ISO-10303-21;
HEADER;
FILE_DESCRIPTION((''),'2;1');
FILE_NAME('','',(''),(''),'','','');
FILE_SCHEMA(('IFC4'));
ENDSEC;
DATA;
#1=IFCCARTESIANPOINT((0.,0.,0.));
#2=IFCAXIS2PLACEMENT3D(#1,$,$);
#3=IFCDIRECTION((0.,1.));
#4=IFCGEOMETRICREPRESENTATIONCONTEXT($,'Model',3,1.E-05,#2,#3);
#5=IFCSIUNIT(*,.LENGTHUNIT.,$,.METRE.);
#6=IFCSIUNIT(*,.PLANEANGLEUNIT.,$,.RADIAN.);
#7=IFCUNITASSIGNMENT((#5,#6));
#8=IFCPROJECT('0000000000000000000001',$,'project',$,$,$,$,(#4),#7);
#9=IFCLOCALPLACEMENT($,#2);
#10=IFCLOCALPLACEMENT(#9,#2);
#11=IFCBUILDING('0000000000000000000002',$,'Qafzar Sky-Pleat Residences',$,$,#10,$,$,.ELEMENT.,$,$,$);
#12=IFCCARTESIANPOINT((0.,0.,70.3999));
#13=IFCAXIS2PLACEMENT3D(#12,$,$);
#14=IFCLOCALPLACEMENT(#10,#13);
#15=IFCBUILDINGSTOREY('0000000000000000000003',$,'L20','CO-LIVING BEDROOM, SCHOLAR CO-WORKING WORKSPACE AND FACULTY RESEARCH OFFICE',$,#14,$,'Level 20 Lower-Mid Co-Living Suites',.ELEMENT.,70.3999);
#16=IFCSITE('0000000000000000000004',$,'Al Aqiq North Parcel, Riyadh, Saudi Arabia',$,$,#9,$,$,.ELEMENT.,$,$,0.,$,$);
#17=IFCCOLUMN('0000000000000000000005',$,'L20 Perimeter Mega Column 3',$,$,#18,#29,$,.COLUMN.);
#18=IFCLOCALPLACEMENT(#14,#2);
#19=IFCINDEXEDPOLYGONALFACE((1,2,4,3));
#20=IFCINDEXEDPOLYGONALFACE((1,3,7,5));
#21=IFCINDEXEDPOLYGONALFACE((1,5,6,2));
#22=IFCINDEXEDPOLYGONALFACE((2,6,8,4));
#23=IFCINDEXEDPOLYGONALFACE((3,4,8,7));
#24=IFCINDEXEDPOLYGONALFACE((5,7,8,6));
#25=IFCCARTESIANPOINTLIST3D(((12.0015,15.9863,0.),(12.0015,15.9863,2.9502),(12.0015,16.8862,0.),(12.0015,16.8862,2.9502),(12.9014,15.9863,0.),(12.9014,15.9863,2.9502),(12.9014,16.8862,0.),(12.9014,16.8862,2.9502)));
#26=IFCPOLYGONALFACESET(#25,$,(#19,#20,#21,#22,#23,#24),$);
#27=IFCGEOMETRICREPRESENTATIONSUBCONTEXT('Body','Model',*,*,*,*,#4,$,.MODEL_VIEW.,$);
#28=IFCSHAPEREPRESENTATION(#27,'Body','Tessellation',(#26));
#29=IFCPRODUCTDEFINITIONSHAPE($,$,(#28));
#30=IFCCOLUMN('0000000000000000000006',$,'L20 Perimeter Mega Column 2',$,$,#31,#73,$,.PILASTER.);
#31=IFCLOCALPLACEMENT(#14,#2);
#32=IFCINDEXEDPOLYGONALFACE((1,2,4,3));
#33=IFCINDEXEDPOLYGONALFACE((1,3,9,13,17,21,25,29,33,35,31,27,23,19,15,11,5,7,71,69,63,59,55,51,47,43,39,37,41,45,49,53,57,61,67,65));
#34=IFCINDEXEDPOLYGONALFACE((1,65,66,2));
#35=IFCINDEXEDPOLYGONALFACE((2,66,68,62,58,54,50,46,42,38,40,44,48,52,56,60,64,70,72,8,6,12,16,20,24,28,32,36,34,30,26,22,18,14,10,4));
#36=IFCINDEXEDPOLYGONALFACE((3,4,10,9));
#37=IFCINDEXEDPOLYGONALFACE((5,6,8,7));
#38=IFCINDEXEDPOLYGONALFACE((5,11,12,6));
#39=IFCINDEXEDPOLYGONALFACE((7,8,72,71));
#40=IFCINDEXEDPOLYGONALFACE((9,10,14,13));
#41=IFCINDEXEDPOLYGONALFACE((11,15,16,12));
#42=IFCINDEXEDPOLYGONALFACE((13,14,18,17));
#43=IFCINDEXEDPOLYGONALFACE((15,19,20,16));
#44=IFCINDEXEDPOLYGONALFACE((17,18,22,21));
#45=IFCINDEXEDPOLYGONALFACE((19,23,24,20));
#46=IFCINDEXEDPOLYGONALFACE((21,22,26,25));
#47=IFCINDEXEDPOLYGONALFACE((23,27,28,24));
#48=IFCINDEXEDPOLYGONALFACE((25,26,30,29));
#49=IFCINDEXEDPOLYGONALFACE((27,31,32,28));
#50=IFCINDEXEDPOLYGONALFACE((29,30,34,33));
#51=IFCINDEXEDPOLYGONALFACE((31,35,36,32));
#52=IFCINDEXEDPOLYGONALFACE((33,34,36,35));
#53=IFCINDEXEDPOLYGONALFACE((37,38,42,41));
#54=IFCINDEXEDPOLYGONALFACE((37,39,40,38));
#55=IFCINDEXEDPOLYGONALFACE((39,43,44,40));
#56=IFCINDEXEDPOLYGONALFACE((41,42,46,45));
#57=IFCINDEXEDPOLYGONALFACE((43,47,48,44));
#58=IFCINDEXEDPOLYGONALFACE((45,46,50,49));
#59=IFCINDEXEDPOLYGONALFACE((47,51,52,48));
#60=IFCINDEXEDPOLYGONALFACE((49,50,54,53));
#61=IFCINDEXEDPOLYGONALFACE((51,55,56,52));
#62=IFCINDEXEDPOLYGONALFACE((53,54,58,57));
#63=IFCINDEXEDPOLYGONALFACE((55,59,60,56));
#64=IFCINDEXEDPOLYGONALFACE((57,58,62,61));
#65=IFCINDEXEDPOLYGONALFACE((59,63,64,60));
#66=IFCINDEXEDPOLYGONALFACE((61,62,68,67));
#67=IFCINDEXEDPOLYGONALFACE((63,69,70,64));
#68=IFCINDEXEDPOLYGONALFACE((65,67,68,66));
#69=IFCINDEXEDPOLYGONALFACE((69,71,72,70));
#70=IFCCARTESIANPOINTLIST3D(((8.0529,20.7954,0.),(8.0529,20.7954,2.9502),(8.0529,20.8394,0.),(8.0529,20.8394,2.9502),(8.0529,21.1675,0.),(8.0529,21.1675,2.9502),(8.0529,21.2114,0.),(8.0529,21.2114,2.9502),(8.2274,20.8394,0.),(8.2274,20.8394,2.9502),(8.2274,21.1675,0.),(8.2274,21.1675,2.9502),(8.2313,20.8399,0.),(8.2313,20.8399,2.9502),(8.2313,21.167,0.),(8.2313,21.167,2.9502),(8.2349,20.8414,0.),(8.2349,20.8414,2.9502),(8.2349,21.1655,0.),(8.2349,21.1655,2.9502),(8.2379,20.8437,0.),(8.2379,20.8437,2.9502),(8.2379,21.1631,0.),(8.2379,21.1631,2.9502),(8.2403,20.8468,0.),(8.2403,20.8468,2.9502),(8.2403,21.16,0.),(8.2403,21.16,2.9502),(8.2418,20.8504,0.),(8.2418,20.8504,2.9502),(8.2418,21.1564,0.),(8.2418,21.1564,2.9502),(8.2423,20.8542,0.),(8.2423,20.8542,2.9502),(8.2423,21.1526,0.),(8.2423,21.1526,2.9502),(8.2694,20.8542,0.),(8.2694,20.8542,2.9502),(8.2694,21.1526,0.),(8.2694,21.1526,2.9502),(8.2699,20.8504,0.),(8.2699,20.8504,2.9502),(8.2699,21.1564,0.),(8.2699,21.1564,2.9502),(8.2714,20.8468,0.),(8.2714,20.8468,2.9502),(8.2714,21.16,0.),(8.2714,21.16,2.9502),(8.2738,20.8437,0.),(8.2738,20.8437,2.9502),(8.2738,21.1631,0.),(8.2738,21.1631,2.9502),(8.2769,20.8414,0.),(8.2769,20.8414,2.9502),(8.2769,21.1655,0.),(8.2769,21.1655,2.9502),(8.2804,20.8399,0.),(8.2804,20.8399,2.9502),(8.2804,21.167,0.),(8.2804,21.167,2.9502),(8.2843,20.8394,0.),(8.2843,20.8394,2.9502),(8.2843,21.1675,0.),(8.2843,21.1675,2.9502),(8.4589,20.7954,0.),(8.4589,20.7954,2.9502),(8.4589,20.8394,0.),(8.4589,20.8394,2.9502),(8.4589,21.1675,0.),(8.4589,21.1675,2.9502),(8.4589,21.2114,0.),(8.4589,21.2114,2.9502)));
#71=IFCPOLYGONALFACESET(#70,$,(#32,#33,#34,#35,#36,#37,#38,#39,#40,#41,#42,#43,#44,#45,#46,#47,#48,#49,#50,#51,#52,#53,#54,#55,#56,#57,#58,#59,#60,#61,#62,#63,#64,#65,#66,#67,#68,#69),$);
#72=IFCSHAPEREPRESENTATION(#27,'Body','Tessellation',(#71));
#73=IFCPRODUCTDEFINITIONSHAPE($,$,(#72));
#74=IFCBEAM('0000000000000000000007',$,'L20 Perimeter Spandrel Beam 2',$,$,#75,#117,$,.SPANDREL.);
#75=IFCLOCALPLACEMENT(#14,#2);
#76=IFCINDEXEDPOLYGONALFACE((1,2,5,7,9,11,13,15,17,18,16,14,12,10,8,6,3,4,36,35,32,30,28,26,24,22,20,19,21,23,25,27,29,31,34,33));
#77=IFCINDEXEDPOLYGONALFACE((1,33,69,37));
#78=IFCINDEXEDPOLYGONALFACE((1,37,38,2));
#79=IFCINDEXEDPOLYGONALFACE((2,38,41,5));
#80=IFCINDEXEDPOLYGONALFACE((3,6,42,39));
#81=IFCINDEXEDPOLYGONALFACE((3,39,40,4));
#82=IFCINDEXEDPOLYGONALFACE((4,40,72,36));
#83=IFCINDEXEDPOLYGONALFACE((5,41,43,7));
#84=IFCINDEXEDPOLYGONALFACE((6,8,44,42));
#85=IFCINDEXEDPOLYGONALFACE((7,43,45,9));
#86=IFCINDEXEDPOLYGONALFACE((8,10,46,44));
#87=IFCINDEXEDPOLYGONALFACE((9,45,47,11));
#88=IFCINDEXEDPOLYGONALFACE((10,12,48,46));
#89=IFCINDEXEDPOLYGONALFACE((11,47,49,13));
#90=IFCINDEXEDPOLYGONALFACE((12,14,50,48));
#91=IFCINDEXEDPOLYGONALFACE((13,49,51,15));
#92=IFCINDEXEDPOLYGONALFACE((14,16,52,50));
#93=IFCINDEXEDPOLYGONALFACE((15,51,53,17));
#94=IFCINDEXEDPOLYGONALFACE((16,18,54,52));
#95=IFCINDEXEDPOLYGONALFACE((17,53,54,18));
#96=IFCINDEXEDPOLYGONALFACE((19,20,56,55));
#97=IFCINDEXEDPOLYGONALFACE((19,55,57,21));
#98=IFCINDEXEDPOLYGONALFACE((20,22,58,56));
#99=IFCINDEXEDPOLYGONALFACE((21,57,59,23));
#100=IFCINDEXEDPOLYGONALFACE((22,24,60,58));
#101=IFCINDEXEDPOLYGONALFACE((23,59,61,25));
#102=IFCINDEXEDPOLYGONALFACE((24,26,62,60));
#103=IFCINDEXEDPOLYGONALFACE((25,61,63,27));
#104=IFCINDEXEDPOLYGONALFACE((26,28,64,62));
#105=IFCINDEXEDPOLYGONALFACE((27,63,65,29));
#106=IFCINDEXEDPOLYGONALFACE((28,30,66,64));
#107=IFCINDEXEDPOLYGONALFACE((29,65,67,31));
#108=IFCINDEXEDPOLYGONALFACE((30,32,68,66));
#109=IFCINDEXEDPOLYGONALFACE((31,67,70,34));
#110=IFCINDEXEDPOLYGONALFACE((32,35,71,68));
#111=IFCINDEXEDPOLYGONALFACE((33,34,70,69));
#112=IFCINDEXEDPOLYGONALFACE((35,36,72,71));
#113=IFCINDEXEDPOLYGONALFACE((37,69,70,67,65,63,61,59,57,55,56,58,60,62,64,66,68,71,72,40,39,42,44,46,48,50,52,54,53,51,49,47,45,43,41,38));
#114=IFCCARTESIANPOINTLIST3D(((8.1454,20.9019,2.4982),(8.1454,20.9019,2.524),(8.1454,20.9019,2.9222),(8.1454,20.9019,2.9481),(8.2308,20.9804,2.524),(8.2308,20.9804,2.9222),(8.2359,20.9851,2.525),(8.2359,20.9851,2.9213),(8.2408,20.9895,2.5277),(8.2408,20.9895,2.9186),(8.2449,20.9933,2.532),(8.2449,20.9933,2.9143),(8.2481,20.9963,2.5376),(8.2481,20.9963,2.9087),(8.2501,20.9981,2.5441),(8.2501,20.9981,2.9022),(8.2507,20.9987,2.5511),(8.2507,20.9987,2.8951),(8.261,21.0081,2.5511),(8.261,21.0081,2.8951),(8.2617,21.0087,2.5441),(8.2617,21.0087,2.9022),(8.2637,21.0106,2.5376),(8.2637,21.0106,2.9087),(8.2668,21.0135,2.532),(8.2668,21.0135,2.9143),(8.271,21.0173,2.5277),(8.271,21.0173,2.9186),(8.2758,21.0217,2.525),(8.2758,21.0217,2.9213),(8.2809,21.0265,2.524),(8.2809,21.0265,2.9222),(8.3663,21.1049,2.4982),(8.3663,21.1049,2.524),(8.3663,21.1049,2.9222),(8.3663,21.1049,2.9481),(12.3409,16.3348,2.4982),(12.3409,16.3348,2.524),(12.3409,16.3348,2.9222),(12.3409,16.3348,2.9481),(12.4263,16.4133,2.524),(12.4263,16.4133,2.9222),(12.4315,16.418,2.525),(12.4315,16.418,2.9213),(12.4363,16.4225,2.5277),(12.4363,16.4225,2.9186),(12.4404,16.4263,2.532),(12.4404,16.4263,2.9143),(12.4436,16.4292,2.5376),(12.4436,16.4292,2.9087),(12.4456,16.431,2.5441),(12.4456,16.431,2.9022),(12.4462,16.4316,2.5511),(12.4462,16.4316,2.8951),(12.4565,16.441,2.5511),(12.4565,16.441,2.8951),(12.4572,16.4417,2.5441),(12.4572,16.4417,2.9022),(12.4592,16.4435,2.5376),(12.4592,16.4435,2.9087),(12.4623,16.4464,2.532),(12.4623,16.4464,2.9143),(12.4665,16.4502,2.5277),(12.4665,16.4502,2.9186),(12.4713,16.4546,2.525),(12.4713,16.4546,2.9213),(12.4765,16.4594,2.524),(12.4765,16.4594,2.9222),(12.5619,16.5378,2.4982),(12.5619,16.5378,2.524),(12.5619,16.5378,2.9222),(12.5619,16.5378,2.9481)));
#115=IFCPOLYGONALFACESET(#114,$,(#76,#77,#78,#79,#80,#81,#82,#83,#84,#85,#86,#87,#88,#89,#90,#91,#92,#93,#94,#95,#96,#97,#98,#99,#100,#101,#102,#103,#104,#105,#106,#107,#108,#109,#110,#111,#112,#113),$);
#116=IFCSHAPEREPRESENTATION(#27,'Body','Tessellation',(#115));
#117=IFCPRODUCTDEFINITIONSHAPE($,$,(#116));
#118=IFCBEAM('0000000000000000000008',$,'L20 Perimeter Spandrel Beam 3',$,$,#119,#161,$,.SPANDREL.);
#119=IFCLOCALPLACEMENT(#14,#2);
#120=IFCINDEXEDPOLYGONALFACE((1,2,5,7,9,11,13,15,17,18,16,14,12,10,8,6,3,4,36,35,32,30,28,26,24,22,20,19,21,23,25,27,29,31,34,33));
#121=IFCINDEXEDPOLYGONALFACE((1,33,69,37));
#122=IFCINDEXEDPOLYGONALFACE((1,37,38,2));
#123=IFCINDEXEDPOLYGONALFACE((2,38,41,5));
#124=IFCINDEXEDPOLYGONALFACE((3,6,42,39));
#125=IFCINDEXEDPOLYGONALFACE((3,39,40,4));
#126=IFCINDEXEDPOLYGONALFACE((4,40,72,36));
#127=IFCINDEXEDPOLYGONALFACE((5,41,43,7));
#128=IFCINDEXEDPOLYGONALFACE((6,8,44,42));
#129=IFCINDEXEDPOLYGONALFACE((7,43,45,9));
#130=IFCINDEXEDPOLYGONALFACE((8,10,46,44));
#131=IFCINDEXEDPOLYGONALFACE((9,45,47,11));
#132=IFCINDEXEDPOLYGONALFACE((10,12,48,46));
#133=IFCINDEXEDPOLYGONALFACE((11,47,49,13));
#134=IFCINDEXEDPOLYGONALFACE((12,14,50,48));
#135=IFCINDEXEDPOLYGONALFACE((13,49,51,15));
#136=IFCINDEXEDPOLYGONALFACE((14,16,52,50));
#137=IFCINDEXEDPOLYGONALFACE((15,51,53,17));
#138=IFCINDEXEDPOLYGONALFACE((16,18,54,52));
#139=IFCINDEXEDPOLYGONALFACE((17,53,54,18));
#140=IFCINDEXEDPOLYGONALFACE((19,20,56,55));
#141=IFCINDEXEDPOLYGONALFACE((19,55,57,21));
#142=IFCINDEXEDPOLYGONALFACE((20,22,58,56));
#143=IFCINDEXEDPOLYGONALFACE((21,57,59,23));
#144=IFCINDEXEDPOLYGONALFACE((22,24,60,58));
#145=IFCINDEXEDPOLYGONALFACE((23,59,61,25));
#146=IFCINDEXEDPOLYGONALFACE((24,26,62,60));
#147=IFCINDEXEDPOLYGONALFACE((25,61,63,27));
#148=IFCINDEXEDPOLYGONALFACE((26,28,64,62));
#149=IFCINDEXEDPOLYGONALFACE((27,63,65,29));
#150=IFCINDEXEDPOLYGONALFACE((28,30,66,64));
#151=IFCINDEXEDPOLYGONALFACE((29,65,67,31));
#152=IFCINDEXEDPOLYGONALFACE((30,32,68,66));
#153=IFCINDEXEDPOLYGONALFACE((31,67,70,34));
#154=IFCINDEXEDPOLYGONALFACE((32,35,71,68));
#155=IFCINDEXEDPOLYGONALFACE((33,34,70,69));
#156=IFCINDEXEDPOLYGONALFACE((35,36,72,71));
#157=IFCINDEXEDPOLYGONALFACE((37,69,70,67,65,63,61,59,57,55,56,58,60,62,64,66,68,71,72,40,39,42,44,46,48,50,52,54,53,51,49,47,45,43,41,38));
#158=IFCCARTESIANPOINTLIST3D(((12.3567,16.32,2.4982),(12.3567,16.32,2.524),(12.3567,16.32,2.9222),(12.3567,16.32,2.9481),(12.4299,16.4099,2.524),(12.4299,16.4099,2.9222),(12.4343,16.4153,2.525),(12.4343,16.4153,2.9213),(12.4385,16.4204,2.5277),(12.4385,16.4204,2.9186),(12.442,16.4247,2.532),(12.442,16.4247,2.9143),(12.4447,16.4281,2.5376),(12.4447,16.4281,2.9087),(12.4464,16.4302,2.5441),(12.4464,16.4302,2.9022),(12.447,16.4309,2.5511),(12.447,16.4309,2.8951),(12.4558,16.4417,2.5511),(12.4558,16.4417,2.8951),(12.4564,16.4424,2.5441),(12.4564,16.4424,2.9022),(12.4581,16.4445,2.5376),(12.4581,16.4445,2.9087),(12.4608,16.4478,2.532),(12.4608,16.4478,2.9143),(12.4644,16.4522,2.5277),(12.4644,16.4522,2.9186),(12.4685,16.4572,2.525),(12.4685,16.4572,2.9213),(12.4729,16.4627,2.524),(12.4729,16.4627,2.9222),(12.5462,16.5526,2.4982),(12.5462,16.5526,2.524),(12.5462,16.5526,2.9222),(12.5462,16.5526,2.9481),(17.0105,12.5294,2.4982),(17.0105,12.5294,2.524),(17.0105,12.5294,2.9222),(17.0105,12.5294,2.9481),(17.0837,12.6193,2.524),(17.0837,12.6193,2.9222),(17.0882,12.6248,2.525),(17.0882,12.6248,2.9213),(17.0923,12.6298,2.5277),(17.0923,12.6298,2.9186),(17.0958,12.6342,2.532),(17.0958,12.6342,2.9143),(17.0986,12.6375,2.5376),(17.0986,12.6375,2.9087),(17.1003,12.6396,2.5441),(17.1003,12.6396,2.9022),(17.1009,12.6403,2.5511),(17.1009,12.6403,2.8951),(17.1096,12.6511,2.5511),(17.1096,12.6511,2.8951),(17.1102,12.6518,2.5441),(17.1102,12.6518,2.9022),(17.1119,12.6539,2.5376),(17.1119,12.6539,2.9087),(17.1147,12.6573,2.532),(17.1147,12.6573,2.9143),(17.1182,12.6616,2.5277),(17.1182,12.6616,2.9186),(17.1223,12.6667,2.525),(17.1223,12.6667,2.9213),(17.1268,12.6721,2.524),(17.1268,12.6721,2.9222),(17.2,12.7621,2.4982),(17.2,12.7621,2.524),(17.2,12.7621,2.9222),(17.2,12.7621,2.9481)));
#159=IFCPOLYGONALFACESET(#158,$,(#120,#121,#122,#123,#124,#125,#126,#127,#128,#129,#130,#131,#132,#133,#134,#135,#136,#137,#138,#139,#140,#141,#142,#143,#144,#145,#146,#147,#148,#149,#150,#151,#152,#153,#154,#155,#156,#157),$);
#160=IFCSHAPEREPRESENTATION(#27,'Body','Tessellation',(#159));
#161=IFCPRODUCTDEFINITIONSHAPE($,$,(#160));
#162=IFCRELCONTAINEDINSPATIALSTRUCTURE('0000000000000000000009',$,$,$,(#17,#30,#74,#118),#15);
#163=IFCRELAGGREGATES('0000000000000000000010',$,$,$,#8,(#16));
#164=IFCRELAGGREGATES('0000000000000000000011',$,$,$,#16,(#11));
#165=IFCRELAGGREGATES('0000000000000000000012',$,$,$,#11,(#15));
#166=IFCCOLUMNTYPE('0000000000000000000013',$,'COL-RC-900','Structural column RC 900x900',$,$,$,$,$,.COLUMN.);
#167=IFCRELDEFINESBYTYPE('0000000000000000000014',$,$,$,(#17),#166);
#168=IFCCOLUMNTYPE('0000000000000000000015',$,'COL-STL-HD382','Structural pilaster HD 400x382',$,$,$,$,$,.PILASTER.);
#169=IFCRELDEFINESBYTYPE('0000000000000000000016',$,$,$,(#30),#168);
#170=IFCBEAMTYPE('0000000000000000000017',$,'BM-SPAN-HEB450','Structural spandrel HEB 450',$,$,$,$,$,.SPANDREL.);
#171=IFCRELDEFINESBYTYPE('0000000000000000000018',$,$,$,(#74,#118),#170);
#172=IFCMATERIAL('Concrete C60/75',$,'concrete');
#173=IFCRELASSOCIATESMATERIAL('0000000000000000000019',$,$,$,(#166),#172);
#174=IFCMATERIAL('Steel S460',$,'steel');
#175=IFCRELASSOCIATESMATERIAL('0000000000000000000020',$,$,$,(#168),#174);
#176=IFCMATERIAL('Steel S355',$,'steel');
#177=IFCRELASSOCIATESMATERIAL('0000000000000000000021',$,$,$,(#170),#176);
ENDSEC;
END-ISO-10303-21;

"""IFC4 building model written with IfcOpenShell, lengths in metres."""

from ifc_helpers import new_model, si_unit, direction, frame, origin, origin_2d, place, context, subcontext, project, spatial, rectangle, i_section, extrude, source, transform, mapped, material, material_profile, profile_set, type_object, element, save


model = new_model("IFC4")

# Units and contexts
model_context = context("Model", 3, precision=1e-05, world=origin(), true_north=direction((0.0, 1.0)))
body_context = subcontext(model_context, "Body", "Model", "MODEL_VIEW")
ifc_project = project(units=[si_unit("LENGTHUNIT", "METRE"), si_unit("PLANEANGLEUNIT", "RADIAN")], contexts=[model_context])

# Site, building, storey
site_placement = place(None, origin())
site = spatial("IfcSite", under=ifc_project, at=site_placement, Name="Al Aqiq North Parcel, Riyadh, Saudi Arabia", CompositionType="ELEMENT", RefElevation=0.0)
building_placement = place(site_placement, origin())
building = spatial("IfcBuilding", under=site, at=building_placement, Name="Qafzar Sky-Pleat Residences", CompositionType="ELEMENT")
storey_placement = place(building_placement, frame((0.0, 0.0, 70.3999)))
storey = spatial("IfcBuildingStorey", under=building, at=storey_placement, Name="L20", Description="CO-LIVING BEDROOM, SCHOLAR CO-WORKING WORKSPACE AND FACULTY RESEARCH OFFICE", LongName="Level 20 Lower-Mid Co-Living Suites", CompositionType="ELEMENT", Elevation=70.3999)

# Columns
ifc_material_1 = material(Name="Concrete C60/75", Category="concrete")
ifc_material_profile_1 = material_profile(ifc_material_1, rectangle(XDim=0.8999, YDim=0.8999, at=origin_2d()), Name="RC 900x900")
ifc_profile_set_1 = profile_set([ifc_material_profile_1], Name="Concrete C60/75")
column_type_1 = type_object("IfcColumnType", Name="COL-RC-900", Description="Structural column RC 900x900", PredefinedType="COLUMN", material=ifc_profile_set_1)
shared_shape_1 = source(origin(), body_context, "Body", "SweptSolid", [
    extrude(rectangle(XDim=0.8999, YDim=0.8999, at=origin_2d()), origin(), (0.0, 0.0, 1.0), 2.9502),
])
column_1_placement = place(storey_placement, frame((12.4514, 16.4363, 0.0), z_axis=(0.0, 0.0, 1.0), x_axis=(1.0, 0.0, 0.0)))
element("IfcColumn", 1, at=column_1_placement, inside=storey, type_object=column_type_1, Name="L20 Perimeter Mega Column 3", PredefinedType="COLUMN", context=body_context, shape_type="MappedRepresentation", body=[
    mapped(shared_shape_1, transform((0.0, 0.0, 0.0), x_axis=(1.0, 0.0, 0.0), y_axis=(0.0, 1.0, 0.0), z_axis=(0.0, 0.0, 1.0), scale=1.0)),
])
ifc_material_2 = material(Name="Steel S460", Category="steel")
ifc_material_profile_2 = material_profile(ifc_material_2, i_section(OverallWidth=0.406, OverallDepth=0.416, WebThickness=0.0271, FlangeThickness=0.0439, FilletRadius=0.0149, at=origin_2d()), Name="HD 400x382")
ifc_profile_set_2 = profile_set([ifc_material_profile_2], Name="Steel S460")
column_type_2 = type_object("IfcColumnType", Name="COL-STL-HD382", Description="Structural pilaster HD 400x382", PredefinedType="PILASTER", material=ifc_profile_set_2)
shared_shape_2 = source(origin(), body_context, "Body", "SweptSolid", [
    extrude(i_section(OverallWidth=0.406, OverallDepth=0.416, WebThickness=0.0271, FlangeThickness=0.0439, FilletRadius=0.0149, at=origin_2d()), origin(), (0.0, 0.0, 1.0), 2.9502),
])
column_2_placement = place(storey_placement, frame((8.2559, 21.0034, 0.0), z_axis=(0.0, 0.0, 1.0), x_axis=(1.0, 0.0, 0.0)))
element("IfcColumn", 2, at=column_2_placement, inside=storey, type_object=column_type_2, Name="L20 Perimeter Mega Column 2", PredefinedType="PILASTER", context=body_context, shape_type="MappedRepresentation", body=[
    mapped(shared_shape_2, transform((0.0, 0.0, 0.0), x_axis=(1.0, 0.0, 0.0), y_axis=(0.0, 1.0, 0.0), z_axis=(0.0, 0.0, 1.0), scale=1.0)),
])

# Beams
ifc_material_3 = material(Name="Steel S355", Category="steel")
ifc_material_profile_3 = material_profile(ifc_material_3, i_section(OverallWidth=0.3, OverallDepth=0.45, WebThickness=0.0139, FlangeThickness=0.0259, FilletRadius=0.0271, at=origin_2d()), Name="HEB 450")
ifc_profile_set_3 = profile_set([ifc_material_profile_3], Name="Steel S355")
beam_type_1 = type_object("IfcBeamType", Name="BM-SPAN-HEB450", Description="Structural spandrel HEB 450", PredefinedType="SPANDREL", material=ifc_profile_set_3)
shared_shape_3 = source(origin(), body_context, "Body", "SweptSolid", [
    extrude(i_section(OverallWidth=0.3, OverallDepth=0.45, WebThickness=0.0139, FlangeThickness=0.0259, FilletRadius=0.0271, at=origin_2d()), origin(), (0.0, 0.0, 1.0), 6.2017),
])
beam_1_placement = place(storey_placement, frame((8.2559, 21.0034, 2.7231), z_axis=(0.676514, -0.73643, 0.0), x_axis=(0.73643, 0.676514, 0.0)))
element("IfcBeam", 3, at=beam_1_placement, inside=storey, type_object=beam_type_1, Name="L20 Perimeter Spandrel Beam 2", PredefinedType="SPANDREL", context=body_context, shape_type="MappedRepresentation", body=[
    mapped(shared_shape_3, transform((0.0, 0.0, 0.0), x_axis=(1.0, 0.0, 0.0), y_axis=(0.0, 1.0, 0.0), z_axis=(0.0, 0.0, 1.0), scale=1.0)),
])
shared_shape_4 = source(origin(), body_context, "Body", "SweptSolid", [
    extrude(i_section(OverallWidth=0.3, OverallDepth=0.45, WebThickness=0.0139, FlangeThickness=0.0259, FilletRadius=0.0271, at=origin_2d()), origin(), (0.0, 0.0, 1.0), 6.0022),
])
beam_2_placement = place(storey_placement, frame((12.4514, 16.4363, 2.7231), z_axis=(0.775354, -0.631526, 0.0), x_axis=(0.631526, 0.775354, 0.0)))
element("IfcBeam", 4, at=beam_2_placement, inside=storey, type_object=beam_type_1, Name="L20 Perimeter Spandrel Beam 3", PredefinedType="SPANDREL", context=body_context, shape_type="MappedRepresentation", body=[
    mapped(shared_shape_4, transform((0.0, 0.0, 0.0), x_axis=(1.0, 0.0, 0.0), y_axis=(0.0, 1.0, 0.0), z_axis=(0.0, 0.0, 1.0), scale=1.0)),
])

save(model, "model.ifc")
